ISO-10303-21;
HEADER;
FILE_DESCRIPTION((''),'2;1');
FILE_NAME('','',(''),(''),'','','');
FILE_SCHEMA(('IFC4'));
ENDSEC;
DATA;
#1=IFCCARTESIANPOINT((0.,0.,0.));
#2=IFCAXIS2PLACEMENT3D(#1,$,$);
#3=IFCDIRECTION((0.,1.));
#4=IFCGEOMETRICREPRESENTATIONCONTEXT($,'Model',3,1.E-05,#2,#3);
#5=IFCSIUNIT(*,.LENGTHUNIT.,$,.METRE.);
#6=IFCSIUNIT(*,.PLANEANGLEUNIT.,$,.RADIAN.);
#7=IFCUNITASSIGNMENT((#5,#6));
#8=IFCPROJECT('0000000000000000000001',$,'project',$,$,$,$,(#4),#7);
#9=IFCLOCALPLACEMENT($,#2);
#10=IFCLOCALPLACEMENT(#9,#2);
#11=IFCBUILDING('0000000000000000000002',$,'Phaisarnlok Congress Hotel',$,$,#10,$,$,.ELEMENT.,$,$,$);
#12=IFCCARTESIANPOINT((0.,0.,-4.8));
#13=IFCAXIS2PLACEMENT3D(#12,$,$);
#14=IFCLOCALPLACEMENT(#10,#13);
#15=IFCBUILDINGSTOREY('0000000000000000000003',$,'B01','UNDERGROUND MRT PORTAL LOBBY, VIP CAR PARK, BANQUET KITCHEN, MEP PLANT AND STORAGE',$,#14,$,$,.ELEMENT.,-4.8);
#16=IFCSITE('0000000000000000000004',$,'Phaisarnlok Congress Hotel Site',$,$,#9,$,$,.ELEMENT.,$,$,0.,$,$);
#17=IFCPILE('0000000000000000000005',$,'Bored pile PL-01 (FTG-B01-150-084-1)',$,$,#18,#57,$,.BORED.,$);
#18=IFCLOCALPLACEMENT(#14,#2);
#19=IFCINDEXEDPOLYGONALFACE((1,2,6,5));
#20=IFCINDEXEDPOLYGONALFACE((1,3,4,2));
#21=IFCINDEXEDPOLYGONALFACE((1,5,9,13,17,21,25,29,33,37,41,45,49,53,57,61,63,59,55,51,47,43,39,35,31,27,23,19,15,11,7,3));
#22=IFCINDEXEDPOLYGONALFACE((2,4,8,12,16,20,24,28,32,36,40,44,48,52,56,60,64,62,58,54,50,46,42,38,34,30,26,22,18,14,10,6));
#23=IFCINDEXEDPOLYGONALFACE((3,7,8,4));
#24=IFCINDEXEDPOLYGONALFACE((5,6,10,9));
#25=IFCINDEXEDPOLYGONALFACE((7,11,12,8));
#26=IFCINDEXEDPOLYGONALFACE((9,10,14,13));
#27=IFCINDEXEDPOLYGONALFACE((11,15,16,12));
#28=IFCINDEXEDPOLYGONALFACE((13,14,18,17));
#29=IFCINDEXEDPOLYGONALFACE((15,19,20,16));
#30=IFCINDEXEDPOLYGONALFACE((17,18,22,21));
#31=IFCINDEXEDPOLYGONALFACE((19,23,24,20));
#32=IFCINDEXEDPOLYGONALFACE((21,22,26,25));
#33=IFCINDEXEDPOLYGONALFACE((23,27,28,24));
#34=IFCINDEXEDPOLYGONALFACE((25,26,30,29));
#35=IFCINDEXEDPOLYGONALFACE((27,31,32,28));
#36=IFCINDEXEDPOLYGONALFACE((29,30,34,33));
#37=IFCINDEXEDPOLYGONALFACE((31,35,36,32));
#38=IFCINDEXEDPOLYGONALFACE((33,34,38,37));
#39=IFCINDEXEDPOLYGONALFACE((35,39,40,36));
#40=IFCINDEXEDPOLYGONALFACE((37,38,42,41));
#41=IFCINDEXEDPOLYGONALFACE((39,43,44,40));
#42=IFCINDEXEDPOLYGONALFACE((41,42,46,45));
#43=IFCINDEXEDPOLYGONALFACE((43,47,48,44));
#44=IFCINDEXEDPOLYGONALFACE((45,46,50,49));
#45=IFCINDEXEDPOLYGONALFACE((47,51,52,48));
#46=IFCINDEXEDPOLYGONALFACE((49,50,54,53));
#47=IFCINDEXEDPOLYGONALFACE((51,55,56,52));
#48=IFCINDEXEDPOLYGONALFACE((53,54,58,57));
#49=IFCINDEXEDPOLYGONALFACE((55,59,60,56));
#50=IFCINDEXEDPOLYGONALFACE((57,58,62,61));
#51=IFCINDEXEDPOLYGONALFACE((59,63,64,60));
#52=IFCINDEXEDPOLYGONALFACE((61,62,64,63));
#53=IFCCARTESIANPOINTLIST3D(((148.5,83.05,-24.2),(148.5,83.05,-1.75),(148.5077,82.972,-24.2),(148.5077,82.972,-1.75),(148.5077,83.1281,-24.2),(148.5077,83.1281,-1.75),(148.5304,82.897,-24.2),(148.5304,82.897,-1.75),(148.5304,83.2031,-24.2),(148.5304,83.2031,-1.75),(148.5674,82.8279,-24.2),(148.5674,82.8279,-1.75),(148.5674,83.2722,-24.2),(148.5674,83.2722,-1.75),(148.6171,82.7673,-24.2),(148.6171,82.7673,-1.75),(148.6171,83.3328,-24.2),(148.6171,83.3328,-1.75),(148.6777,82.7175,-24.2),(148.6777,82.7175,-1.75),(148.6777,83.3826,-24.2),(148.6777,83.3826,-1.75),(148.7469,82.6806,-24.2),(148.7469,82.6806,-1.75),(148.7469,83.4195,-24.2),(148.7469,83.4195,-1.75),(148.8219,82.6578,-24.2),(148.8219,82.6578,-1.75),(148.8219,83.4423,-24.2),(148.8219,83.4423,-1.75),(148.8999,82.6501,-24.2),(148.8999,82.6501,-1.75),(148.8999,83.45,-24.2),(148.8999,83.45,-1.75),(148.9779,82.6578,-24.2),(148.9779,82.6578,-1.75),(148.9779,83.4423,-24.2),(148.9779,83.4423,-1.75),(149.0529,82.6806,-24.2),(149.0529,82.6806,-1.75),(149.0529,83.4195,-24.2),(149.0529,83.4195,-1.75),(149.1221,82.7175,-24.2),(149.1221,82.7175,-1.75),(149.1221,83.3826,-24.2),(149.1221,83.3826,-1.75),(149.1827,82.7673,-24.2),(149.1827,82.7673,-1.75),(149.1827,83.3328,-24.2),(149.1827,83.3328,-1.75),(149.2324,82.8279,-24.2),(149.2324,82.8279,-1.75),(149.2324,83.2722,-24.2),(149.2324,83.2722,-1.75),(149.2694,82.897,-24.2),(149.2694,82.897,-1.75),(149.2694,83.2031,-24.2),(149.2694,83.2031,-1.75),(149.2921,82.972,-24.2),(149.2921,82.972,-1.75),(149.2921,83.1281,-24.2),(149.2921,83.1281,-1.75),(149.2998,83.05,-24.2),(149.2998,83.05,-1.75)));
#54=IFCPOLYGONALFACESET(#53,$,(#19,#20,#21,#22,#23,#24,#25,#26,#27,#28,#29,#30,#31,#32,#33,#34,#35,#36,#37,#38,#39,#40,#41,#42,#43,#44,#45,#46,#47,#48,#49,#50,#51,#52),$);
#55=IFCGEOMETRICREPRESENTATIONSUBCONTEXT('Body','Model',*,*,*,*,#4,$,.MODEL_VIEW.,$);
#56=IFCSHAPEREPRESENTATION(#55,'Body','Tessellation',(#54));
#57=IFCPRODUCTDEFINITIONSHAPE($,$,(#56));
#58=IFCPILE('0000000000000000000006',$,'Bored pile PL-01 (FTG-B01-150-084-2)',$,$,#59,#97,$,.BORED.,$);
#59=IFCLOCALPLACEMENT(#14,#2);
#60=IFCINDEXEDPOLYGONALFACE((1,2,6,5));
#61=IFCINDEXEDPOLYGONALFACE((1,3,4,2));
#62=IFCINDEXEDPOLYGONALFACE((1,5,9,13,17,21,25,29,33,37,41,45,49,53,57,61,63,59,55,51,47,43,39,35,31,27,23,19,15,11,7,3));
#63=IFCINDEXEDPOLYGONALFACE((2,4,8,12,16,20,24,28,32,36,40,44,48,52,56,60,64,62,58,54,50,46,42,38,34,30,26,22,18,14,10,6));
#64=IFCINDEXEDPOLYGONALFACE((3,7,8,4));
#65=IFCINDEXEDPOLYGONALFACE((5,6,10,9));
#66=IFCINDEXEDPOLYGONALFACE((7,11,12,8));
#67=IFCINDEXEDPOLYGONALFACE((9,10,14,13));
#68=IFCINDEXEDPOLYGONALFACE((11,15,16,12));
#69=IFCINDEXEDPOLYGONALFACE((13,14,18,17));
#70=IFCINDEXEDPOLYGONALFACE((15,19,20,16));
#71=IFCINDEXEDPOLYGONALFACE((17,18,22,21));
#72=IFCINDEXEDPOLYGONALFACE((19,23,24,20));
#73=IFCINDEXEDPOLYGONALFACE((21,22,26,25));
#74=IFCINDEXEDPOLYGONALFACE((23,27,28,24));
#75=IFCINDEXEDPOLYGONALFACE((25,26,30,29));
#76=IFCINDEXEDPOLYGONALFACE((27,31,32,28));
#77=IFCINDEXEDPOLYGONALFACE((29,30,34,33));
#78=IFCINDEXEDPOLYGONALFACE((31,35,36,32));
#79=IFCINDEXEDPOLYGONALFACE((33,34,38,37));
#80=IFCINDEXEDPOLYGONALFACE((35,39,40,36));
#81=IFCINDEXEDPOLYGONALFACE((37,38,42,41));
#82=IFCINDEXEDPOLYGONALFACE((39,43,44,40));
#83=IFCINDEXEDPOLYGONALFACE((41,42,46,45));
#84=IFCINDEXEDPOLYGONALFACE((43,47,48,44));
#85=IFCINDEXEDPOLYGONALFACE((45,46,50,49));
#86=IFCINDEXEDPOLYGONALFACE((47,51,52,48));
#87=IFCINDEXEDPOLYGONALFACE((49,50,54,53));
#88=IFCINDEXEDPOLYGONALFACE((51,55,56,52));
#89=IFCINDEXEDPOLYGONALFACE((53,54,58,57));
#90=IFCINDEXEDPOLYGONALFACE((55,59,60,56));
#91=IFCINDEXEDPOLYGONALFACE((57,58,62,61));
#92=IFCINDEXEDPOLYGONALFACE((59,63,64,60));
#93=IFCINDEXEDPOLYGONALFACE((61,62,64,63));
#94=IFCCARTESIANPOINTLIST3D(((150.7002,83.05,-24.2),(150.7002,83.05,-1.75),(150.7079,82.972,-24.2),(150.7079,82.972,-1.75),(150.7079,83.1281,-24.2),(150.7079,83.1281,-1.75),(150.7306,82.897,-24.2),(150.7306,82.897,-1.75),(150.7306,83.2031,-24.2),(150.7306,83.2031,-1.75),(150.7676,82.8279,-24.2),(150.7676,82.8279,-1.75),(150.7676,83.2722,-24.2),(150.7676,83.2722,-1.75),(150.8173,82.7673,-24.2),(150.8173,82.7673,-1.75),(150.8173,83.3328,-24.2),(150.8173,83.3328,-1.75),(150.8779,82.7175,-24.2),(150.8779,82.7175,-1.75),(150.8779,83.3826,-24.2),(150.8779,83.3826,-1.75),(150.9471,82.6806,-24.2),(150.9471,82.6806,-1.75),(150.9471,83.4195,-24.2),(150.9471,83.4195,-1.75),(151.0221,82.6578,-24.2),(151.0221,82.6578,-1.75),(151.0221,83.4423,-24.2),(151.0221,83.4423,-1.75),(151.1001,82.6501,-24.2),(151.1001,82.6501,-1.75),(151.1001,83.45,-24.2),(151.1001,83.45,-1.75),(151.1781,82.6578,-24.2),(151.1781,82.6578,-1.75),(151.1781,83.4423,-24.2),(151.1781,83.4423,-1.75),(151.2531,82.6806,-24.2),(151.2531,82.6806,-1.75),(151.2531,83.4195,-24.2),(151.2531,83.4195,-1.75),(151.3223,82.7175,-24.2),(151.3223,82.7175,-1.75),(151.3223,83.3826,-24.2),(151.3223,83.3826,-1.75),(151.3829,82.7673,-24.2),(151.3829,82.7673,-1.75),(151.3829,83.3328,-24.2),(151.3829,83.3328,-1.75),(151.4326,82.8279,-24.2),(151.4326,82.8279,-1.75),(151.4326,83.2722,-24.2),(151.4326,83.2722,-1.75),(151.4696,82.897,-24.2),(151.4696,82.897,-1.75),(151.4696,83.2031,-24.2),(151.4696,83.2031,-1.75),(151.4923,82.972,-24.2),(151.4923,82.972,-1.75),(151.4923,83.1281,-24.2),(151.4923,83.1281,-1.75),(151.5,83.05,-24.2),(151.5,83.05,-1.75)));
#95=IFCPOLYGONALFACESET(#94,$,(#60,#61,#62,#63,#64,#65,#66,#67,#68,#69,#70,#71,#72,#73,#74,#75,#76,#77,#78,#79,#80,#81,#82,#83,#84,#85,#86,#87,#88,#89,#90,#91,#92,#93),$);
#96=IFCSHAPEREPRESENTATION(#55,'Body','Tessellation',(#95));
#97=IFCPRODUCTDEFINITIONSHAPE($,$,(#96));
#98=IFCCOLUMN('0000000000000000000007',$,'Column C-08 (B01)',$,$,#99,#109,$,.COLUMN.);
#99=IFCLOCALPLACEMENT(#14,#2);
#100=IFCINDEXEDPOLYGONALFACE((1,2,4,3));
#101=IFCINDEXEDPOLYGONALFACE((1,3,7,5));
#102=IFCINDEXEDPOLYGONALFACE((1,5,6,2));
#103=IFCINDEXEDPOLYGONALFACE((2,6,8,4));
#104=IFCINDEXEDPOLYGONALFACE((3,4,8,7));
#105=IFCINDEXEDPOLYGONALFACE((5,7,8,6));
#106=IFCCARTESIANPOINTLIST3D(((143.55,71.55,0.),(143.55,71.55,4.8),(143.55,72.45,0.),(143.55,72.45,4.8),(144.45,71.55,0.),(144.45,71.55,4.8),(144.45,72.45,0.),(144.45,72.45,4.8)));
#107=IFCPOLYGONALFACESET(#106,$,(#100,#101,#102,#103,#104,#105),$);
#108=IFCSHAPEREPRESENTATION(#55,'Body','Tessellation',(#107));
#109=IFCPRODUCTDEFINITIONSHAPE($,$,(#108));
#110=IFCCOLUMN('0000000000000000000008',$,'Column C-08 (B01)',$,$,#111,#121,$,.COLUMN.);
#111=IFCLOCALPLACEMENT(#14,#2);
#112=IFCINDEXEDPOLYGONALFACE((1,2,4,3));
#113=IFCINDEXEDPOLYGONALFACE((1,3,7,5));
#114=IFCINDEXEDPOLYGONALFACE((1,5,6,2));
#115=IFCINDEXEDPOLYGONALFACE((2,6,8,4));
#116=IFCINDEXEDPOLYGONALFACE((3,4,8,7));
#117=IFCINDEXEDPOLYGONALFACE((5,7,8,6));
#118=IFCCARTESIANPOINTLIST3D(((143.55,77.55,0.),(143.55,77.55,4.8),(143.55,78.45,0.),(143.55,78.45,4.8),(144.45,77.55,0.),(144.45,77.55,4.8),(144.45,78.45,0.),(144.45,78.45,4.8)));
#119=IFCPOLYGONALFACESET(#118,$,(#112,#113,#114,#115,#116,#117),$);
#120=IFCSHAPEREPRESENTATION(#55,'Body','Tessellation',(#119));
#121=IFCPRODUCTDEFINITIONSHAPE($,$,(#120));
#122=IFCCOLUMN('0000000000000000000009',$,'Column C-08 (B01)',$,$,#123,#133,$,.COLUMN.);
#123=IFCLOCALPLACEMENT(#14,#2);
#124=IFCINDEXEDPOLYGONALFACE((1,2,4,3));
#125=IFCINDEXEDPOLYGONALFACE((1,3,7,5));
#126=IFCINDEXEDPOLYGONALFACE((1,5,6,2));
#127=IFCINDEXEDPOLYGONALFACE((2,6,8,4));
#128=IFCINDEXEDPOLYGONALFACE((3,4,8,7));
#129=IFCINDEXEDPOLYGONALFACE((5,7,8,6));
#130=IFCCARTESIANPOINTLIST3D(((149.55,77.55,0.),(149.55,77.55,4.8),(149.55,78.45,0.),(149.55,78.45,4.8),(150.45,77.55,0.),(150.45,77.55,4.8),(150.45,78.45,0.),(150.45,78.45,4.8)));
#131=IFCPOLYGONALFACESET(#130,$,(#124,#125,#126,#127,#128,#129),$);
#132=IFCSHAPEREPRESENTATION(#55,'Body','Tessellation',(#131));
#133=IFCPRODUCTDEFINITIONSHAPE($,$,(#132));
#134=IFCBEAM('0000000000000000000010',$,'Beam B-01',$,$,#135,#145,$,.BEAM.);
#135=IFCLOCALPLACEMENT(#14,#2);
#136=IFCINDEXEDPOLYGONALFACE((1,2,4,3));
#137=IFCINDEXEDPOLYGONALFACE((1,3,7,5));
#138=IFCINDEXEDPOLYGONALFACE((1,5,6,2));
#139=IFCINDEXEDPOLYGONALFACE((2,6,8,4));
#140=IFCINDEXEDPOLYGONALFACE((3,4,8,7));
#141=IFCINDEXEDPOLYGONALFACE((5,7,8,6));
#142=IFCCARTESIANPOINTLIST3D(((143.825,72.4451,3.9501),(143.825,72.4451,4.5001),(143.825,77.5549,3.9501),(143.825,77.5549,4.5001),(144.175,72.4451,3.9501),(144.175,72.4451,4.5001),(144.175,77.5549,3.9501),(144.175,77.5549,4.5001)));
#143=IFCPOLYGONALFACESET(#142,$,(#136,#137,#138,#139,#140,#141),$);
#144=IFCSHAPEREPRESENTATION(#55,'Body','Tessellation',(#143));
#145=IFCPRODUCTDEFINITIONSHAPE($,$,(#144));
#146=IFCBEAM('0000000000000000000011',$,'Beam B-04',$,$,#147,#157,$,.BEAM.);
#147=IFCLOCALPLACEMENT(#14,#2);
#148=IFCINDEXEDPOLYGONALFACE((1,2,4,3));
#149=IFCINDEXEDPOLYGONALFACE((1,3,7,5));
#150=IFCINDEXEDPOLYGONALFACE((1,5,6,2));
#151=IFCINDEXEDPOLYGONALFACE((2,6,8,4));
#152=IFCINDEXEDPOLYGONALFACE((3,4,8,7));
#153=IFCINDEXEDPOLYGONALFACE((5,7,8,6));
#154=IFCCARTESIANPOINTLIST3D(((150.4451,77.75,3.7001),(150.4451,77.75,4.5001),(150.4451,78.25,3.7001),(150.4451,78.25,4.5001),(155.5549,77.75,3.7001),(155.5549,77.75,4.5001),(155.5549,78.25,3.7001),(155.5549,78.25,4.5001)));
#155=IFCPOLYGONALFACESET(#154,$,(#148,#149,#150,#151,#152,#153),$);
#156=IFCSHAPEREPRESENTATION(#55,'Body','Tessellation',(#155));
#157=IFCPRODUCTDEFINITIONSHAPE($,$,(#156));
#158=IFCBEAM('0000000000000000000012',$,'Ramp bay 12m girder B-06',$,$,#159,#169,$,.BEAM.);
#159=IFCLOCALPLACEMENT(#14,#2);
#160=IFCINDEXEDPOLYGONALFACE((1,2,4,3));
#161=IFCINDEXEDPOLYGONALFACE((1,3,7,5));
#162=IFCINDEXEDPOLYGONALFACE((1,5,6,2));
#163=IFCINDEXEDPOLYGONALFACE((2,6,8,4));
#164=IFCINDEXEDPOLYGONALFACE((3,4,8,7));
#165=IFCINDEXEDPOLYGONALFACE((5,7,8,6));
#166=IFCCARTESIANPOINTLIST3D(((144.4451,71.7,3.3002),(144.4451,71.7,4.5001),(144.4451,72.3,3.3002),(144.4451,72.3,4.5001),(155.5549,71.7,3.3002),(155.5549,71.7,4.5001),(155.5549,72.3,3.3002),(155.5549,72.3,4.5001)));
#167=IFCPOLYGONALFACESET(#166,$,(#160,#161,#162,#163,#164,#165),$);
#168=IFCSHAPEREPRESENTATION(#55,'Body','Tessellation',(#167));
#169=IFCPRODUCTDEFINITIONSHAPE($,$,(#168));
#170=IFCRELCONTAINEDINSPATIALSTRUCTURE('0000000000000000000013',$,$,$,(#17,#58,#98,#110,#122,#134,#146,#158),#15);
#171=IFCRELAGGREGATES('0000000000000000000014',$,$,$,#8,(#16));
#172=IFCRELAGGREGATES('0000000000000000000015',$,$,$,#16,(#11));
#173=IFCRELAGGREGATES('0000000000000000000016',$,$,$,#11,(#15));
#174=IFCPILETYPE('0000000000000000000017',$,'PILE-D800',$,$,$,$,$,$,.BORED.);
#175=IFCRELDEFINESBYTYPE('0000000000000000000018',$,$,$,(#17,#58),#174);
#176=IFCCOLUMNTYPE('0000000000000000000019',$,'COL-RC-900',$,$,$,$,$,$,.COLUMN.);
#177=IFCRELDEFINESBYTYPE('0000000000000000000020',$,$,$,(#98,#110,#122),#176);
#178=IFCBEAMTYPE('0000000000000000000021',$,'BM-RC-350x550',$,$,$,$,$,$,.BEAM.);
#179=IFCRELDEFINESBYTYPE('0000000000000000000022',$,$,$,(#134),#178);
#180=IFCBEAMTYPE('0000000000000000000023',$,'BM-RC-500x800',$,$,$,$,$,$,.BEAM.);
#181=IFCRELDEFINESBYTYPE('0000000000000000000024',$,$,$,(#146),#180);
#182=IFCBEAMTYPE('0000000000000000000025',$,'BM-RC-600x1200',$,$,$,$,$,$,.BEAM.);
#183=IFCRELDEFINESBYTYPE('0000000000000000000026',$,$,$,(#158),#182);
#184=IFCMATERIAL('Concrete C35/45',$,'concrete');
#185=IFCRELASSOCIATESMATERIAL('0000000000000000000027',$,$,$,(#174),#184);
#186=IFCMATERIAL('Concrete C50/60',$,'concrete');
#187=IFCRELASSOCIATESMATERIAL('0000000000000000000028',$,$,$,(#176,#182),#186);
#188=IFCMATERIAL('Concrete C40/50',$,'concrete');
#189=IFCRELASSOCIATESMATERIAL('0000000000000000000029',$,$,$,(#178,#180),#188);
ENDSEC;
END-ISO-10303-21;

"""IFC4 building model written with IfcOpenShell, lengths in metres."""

from ifc_helpers import new_model, si_unit, direction, frame, origin, origin_2d, place, context, subcontext, project, spatial, rectangle, circle, extrude, material, material_profile, profile_set, type_object, element, save


model = new_model("IFC4")

# Units and contexts
model_context = context("Model", 3, precision=1e-05, world=origin(), true_north=direction((0.0, 1.0)))
body_context = subcontext(model_context, "Body", "Model", "MODEL_VIEW")
ifc_project = project(units=[si_unit("LENGTHUNIT", "METRE"), si_unit("PLANEANGLEUNIT", "RADIAN")], contexts=[model_context])

# Site, building, storey
site_placement = place(None, origin())
site = spatial("IfcSite", under=ifc_project, at=site_placement, Name="Phaisarnlok Congress Hotel Site", CompositionType="ELEMENT", RefElevation=0.0)
building_placement = place(site_placement, origin())
building = spatial("IfcBuilding", under=site, at=building_placement, Name="Phaisarnlok Congress Hotel", CompositionType="ELEMENT")
storey_placement = place(building_placement, frame((0.0, 0.0, -4.8)))
storey = spatial("IfcBuildingStorey", under=building, at=storey_placement, Name="B01", Description="UNDERGROUND MRT PORTAL LOBBY, VIP CAR PARK, BANQUET KITCHEN, MEP PLANT AND STORAGE", CompositionType="ELEMENT", Elevation=-4.8)

# Shared definitions
ifc_material_1 = material(Name="Concrete C40/50", Category="concrete")

# Piles
ifc_material_2 = material(Name="Concrete C35/45", Category="concrete")
ifc_material_profile_1 = material_profile(ifc_material_2, circle(Radius=0.3999, at=origin_2d()), Name="BORED PILE D800")
ifc_profile_set_1 = profile_set([ifc_material_profile_1], Name="Concrete C35/45")
pile_type_1 = type_object("IfcPileType", Name="PILE-D800", PredefinedType="BORED", material=ifc_profile_set_1)
for number, where, z_axis, x_axis, name in (
    (1, (148.8999, 83.05, -1.75), (0.0, 0.0, -1.0), (1.0, 0.0, 0.0), "Bored pile PL-01 (FTG-B01-150-084-1)"),
    (2, (151.1001, 83.05, -1.75), (0.0, 0.0, -1.0), (1.0, 0.0, 0.0), "Bored pile PL-01 (FTG-B01-150-084-2)"),
):
    element("IfcPile", number, at=place(storey_placement, frame(where, z_axis=z_axis, x_axis=x_axis)), inside=storey, type_object=pile_type_1, Name=name, PredefinedType="BORED", context=body_context, shape_type="SweptSolid", body=[
        extrude(circle(Radius=0.3999, at=origin_2d()), origin(), (0.0, 0.0, 1.0), 22.45),
    ])

# Columns
ifc_material_3 = material(Name="Concrete C50/60", Category="concrete")
ifc_material_profile_2 = material_profile(ifc_material_3, rectangle(XDim=0.8999, YDim=0.8999, at=origin_2d()), Name="RC 900x900")
ifc_profile_set_2 = profile_set([ifc_material_profile_2], Name="Concrete C50/60")
column_type = type_object("IfcColumnType", Name="COL-RC-900", PredefinedType="COLUMN", material=ifc_profile_set_2)
for number, where, z_axis, x_axis, name in (
    (3, (144.0, 72.0, 0.0), (0.0, 0.0, 1.0), (1.0, 0.0, 0.0), "Column C-08 (B01)"),
    (4, (144.0, 78.0, 0.0), (0.0, 0.0, 1.0), (1.0, 0.0, 0.0), "Column C-08 (B01)"),
    (5, (150.0, 78.0, 0.0), (0.0, 0.0, 1.0), (1.0, 0.0, 0.0), "Column C-08 (B01)"),
):
    element("IfcColumn", number, at=place(storey_placement, frame(where, z_axis=z_axis, x_axis=x_axis)), inside=storey, type_object=column_type, Name=name, PredefinedType="COLUMN", context=body_context, shape_type="SweptSolid", body=[
        extrude(rectangle(XDim=0.8999, YDim=0.8999, at=origin_2d()), origin(), (0.0, 0.0, 1.0), 4.8),
    ])

# Beams
ifc_material_profile_3 = material_profile(ifc_material_1, rectangle(XDim=0.3501, YDim=0.55, at=origin_2d()), Name="RC 350x550")
ifc_profile_set_3 = profile_set([ifc_material_profile_3], Name="Concrete C40/50")
beam_type_1 = type_object("IfcBeamType", Name="BM-RC-350x550", PredefinedType="BEAM", material=ifc_profile_set_3)
beam_1_placement = place(storey_placement, frame((144.0, 72.4451, 4.2251), z_axis=(0.0, 1.0, 0.0), x_axis=(-1.0, 0.0, 0.0)))
element("IfcBeam", 6, at=beam_1_placement, inside=storey, type_object=beam_type_1, Name="Beam B-01", PredefinedType="BEAM", context=body_context, shape_type="SweptSolid", body=[
    extrude(rectangle(XDim=0.3501, YDim=0.55, at=origin_2d()), origin(), (0.0, 0.0, 1.0), 5.1099),
])
ifc_material_profile_4 = material_profile(ifc_material_1, rectangle(XDim=0.5, YDim=0.8, at=origin_2d()), Name="RC 500x800")
ifc_profile_set_4 = profile_set([ifc_material_profile_4], Name="Concrete C40/50")
beam_type_2 = type_object("IfcBeamType", Name="BM-RC-500x800", PredefinedType="BEAM", material=ifc_profile_set_4)
beam_2_placement = place(storey_placement, frame((150.4451, 78.0, 4.1001), z_axis=(1.0, 0.0, 0.0), x_axis=(0.0, 1.0, 0.0)))
element("IfcBeam", 7, at=beam_2_placement, inside=storey, type_object=beam_type_2, Name="Beam B-04", PredefinedType="BEAM", context=body_context, shape_type="SweptSolid", body=[
    extrude(rectangle(XDim=0.5, YDim=0.8, at=origin_2d()), origin(), (0.0, 0.0, 1.0), 5.1099),
])
ifc_material_profile_5 = material_profile(ifc_material_3, rectangle(XDim=0.6001, YDim=1.2, at=origin_2d()), Name="RC 600x1200")
ifc_profile_set_5 = profile_set([ifc_material_profile_5], Name="Concrete C50/60")
beam_type_3 = type_object("IfcBeamType", Name="BM-RC-600x1200", PredefinedType="BEAM", material=ifc_profile_set_5)
beam_3_placement = place(storey_placement, frame((144.4451, 72.0, 3.9001), z_axis=(1.0, 0.0, 0.0), x_axis=(0.0, 1.0, 0.0)))
element("IfcBeam", 8, at=beam_3_placement, inside=storey, type_object=beam_type_3, Name="Ramp bay 12m girder B-06", PredefinedType="BEAM", context=body_context, shape_type="SweptSolid", body=[
    extrude(rectangle(XDim=0.6001, YDim=1.2, at=origin_2d()), origin(), (0.0, 0.0, 1.0), 11.1099),
])

save(model, "model.ifc")
